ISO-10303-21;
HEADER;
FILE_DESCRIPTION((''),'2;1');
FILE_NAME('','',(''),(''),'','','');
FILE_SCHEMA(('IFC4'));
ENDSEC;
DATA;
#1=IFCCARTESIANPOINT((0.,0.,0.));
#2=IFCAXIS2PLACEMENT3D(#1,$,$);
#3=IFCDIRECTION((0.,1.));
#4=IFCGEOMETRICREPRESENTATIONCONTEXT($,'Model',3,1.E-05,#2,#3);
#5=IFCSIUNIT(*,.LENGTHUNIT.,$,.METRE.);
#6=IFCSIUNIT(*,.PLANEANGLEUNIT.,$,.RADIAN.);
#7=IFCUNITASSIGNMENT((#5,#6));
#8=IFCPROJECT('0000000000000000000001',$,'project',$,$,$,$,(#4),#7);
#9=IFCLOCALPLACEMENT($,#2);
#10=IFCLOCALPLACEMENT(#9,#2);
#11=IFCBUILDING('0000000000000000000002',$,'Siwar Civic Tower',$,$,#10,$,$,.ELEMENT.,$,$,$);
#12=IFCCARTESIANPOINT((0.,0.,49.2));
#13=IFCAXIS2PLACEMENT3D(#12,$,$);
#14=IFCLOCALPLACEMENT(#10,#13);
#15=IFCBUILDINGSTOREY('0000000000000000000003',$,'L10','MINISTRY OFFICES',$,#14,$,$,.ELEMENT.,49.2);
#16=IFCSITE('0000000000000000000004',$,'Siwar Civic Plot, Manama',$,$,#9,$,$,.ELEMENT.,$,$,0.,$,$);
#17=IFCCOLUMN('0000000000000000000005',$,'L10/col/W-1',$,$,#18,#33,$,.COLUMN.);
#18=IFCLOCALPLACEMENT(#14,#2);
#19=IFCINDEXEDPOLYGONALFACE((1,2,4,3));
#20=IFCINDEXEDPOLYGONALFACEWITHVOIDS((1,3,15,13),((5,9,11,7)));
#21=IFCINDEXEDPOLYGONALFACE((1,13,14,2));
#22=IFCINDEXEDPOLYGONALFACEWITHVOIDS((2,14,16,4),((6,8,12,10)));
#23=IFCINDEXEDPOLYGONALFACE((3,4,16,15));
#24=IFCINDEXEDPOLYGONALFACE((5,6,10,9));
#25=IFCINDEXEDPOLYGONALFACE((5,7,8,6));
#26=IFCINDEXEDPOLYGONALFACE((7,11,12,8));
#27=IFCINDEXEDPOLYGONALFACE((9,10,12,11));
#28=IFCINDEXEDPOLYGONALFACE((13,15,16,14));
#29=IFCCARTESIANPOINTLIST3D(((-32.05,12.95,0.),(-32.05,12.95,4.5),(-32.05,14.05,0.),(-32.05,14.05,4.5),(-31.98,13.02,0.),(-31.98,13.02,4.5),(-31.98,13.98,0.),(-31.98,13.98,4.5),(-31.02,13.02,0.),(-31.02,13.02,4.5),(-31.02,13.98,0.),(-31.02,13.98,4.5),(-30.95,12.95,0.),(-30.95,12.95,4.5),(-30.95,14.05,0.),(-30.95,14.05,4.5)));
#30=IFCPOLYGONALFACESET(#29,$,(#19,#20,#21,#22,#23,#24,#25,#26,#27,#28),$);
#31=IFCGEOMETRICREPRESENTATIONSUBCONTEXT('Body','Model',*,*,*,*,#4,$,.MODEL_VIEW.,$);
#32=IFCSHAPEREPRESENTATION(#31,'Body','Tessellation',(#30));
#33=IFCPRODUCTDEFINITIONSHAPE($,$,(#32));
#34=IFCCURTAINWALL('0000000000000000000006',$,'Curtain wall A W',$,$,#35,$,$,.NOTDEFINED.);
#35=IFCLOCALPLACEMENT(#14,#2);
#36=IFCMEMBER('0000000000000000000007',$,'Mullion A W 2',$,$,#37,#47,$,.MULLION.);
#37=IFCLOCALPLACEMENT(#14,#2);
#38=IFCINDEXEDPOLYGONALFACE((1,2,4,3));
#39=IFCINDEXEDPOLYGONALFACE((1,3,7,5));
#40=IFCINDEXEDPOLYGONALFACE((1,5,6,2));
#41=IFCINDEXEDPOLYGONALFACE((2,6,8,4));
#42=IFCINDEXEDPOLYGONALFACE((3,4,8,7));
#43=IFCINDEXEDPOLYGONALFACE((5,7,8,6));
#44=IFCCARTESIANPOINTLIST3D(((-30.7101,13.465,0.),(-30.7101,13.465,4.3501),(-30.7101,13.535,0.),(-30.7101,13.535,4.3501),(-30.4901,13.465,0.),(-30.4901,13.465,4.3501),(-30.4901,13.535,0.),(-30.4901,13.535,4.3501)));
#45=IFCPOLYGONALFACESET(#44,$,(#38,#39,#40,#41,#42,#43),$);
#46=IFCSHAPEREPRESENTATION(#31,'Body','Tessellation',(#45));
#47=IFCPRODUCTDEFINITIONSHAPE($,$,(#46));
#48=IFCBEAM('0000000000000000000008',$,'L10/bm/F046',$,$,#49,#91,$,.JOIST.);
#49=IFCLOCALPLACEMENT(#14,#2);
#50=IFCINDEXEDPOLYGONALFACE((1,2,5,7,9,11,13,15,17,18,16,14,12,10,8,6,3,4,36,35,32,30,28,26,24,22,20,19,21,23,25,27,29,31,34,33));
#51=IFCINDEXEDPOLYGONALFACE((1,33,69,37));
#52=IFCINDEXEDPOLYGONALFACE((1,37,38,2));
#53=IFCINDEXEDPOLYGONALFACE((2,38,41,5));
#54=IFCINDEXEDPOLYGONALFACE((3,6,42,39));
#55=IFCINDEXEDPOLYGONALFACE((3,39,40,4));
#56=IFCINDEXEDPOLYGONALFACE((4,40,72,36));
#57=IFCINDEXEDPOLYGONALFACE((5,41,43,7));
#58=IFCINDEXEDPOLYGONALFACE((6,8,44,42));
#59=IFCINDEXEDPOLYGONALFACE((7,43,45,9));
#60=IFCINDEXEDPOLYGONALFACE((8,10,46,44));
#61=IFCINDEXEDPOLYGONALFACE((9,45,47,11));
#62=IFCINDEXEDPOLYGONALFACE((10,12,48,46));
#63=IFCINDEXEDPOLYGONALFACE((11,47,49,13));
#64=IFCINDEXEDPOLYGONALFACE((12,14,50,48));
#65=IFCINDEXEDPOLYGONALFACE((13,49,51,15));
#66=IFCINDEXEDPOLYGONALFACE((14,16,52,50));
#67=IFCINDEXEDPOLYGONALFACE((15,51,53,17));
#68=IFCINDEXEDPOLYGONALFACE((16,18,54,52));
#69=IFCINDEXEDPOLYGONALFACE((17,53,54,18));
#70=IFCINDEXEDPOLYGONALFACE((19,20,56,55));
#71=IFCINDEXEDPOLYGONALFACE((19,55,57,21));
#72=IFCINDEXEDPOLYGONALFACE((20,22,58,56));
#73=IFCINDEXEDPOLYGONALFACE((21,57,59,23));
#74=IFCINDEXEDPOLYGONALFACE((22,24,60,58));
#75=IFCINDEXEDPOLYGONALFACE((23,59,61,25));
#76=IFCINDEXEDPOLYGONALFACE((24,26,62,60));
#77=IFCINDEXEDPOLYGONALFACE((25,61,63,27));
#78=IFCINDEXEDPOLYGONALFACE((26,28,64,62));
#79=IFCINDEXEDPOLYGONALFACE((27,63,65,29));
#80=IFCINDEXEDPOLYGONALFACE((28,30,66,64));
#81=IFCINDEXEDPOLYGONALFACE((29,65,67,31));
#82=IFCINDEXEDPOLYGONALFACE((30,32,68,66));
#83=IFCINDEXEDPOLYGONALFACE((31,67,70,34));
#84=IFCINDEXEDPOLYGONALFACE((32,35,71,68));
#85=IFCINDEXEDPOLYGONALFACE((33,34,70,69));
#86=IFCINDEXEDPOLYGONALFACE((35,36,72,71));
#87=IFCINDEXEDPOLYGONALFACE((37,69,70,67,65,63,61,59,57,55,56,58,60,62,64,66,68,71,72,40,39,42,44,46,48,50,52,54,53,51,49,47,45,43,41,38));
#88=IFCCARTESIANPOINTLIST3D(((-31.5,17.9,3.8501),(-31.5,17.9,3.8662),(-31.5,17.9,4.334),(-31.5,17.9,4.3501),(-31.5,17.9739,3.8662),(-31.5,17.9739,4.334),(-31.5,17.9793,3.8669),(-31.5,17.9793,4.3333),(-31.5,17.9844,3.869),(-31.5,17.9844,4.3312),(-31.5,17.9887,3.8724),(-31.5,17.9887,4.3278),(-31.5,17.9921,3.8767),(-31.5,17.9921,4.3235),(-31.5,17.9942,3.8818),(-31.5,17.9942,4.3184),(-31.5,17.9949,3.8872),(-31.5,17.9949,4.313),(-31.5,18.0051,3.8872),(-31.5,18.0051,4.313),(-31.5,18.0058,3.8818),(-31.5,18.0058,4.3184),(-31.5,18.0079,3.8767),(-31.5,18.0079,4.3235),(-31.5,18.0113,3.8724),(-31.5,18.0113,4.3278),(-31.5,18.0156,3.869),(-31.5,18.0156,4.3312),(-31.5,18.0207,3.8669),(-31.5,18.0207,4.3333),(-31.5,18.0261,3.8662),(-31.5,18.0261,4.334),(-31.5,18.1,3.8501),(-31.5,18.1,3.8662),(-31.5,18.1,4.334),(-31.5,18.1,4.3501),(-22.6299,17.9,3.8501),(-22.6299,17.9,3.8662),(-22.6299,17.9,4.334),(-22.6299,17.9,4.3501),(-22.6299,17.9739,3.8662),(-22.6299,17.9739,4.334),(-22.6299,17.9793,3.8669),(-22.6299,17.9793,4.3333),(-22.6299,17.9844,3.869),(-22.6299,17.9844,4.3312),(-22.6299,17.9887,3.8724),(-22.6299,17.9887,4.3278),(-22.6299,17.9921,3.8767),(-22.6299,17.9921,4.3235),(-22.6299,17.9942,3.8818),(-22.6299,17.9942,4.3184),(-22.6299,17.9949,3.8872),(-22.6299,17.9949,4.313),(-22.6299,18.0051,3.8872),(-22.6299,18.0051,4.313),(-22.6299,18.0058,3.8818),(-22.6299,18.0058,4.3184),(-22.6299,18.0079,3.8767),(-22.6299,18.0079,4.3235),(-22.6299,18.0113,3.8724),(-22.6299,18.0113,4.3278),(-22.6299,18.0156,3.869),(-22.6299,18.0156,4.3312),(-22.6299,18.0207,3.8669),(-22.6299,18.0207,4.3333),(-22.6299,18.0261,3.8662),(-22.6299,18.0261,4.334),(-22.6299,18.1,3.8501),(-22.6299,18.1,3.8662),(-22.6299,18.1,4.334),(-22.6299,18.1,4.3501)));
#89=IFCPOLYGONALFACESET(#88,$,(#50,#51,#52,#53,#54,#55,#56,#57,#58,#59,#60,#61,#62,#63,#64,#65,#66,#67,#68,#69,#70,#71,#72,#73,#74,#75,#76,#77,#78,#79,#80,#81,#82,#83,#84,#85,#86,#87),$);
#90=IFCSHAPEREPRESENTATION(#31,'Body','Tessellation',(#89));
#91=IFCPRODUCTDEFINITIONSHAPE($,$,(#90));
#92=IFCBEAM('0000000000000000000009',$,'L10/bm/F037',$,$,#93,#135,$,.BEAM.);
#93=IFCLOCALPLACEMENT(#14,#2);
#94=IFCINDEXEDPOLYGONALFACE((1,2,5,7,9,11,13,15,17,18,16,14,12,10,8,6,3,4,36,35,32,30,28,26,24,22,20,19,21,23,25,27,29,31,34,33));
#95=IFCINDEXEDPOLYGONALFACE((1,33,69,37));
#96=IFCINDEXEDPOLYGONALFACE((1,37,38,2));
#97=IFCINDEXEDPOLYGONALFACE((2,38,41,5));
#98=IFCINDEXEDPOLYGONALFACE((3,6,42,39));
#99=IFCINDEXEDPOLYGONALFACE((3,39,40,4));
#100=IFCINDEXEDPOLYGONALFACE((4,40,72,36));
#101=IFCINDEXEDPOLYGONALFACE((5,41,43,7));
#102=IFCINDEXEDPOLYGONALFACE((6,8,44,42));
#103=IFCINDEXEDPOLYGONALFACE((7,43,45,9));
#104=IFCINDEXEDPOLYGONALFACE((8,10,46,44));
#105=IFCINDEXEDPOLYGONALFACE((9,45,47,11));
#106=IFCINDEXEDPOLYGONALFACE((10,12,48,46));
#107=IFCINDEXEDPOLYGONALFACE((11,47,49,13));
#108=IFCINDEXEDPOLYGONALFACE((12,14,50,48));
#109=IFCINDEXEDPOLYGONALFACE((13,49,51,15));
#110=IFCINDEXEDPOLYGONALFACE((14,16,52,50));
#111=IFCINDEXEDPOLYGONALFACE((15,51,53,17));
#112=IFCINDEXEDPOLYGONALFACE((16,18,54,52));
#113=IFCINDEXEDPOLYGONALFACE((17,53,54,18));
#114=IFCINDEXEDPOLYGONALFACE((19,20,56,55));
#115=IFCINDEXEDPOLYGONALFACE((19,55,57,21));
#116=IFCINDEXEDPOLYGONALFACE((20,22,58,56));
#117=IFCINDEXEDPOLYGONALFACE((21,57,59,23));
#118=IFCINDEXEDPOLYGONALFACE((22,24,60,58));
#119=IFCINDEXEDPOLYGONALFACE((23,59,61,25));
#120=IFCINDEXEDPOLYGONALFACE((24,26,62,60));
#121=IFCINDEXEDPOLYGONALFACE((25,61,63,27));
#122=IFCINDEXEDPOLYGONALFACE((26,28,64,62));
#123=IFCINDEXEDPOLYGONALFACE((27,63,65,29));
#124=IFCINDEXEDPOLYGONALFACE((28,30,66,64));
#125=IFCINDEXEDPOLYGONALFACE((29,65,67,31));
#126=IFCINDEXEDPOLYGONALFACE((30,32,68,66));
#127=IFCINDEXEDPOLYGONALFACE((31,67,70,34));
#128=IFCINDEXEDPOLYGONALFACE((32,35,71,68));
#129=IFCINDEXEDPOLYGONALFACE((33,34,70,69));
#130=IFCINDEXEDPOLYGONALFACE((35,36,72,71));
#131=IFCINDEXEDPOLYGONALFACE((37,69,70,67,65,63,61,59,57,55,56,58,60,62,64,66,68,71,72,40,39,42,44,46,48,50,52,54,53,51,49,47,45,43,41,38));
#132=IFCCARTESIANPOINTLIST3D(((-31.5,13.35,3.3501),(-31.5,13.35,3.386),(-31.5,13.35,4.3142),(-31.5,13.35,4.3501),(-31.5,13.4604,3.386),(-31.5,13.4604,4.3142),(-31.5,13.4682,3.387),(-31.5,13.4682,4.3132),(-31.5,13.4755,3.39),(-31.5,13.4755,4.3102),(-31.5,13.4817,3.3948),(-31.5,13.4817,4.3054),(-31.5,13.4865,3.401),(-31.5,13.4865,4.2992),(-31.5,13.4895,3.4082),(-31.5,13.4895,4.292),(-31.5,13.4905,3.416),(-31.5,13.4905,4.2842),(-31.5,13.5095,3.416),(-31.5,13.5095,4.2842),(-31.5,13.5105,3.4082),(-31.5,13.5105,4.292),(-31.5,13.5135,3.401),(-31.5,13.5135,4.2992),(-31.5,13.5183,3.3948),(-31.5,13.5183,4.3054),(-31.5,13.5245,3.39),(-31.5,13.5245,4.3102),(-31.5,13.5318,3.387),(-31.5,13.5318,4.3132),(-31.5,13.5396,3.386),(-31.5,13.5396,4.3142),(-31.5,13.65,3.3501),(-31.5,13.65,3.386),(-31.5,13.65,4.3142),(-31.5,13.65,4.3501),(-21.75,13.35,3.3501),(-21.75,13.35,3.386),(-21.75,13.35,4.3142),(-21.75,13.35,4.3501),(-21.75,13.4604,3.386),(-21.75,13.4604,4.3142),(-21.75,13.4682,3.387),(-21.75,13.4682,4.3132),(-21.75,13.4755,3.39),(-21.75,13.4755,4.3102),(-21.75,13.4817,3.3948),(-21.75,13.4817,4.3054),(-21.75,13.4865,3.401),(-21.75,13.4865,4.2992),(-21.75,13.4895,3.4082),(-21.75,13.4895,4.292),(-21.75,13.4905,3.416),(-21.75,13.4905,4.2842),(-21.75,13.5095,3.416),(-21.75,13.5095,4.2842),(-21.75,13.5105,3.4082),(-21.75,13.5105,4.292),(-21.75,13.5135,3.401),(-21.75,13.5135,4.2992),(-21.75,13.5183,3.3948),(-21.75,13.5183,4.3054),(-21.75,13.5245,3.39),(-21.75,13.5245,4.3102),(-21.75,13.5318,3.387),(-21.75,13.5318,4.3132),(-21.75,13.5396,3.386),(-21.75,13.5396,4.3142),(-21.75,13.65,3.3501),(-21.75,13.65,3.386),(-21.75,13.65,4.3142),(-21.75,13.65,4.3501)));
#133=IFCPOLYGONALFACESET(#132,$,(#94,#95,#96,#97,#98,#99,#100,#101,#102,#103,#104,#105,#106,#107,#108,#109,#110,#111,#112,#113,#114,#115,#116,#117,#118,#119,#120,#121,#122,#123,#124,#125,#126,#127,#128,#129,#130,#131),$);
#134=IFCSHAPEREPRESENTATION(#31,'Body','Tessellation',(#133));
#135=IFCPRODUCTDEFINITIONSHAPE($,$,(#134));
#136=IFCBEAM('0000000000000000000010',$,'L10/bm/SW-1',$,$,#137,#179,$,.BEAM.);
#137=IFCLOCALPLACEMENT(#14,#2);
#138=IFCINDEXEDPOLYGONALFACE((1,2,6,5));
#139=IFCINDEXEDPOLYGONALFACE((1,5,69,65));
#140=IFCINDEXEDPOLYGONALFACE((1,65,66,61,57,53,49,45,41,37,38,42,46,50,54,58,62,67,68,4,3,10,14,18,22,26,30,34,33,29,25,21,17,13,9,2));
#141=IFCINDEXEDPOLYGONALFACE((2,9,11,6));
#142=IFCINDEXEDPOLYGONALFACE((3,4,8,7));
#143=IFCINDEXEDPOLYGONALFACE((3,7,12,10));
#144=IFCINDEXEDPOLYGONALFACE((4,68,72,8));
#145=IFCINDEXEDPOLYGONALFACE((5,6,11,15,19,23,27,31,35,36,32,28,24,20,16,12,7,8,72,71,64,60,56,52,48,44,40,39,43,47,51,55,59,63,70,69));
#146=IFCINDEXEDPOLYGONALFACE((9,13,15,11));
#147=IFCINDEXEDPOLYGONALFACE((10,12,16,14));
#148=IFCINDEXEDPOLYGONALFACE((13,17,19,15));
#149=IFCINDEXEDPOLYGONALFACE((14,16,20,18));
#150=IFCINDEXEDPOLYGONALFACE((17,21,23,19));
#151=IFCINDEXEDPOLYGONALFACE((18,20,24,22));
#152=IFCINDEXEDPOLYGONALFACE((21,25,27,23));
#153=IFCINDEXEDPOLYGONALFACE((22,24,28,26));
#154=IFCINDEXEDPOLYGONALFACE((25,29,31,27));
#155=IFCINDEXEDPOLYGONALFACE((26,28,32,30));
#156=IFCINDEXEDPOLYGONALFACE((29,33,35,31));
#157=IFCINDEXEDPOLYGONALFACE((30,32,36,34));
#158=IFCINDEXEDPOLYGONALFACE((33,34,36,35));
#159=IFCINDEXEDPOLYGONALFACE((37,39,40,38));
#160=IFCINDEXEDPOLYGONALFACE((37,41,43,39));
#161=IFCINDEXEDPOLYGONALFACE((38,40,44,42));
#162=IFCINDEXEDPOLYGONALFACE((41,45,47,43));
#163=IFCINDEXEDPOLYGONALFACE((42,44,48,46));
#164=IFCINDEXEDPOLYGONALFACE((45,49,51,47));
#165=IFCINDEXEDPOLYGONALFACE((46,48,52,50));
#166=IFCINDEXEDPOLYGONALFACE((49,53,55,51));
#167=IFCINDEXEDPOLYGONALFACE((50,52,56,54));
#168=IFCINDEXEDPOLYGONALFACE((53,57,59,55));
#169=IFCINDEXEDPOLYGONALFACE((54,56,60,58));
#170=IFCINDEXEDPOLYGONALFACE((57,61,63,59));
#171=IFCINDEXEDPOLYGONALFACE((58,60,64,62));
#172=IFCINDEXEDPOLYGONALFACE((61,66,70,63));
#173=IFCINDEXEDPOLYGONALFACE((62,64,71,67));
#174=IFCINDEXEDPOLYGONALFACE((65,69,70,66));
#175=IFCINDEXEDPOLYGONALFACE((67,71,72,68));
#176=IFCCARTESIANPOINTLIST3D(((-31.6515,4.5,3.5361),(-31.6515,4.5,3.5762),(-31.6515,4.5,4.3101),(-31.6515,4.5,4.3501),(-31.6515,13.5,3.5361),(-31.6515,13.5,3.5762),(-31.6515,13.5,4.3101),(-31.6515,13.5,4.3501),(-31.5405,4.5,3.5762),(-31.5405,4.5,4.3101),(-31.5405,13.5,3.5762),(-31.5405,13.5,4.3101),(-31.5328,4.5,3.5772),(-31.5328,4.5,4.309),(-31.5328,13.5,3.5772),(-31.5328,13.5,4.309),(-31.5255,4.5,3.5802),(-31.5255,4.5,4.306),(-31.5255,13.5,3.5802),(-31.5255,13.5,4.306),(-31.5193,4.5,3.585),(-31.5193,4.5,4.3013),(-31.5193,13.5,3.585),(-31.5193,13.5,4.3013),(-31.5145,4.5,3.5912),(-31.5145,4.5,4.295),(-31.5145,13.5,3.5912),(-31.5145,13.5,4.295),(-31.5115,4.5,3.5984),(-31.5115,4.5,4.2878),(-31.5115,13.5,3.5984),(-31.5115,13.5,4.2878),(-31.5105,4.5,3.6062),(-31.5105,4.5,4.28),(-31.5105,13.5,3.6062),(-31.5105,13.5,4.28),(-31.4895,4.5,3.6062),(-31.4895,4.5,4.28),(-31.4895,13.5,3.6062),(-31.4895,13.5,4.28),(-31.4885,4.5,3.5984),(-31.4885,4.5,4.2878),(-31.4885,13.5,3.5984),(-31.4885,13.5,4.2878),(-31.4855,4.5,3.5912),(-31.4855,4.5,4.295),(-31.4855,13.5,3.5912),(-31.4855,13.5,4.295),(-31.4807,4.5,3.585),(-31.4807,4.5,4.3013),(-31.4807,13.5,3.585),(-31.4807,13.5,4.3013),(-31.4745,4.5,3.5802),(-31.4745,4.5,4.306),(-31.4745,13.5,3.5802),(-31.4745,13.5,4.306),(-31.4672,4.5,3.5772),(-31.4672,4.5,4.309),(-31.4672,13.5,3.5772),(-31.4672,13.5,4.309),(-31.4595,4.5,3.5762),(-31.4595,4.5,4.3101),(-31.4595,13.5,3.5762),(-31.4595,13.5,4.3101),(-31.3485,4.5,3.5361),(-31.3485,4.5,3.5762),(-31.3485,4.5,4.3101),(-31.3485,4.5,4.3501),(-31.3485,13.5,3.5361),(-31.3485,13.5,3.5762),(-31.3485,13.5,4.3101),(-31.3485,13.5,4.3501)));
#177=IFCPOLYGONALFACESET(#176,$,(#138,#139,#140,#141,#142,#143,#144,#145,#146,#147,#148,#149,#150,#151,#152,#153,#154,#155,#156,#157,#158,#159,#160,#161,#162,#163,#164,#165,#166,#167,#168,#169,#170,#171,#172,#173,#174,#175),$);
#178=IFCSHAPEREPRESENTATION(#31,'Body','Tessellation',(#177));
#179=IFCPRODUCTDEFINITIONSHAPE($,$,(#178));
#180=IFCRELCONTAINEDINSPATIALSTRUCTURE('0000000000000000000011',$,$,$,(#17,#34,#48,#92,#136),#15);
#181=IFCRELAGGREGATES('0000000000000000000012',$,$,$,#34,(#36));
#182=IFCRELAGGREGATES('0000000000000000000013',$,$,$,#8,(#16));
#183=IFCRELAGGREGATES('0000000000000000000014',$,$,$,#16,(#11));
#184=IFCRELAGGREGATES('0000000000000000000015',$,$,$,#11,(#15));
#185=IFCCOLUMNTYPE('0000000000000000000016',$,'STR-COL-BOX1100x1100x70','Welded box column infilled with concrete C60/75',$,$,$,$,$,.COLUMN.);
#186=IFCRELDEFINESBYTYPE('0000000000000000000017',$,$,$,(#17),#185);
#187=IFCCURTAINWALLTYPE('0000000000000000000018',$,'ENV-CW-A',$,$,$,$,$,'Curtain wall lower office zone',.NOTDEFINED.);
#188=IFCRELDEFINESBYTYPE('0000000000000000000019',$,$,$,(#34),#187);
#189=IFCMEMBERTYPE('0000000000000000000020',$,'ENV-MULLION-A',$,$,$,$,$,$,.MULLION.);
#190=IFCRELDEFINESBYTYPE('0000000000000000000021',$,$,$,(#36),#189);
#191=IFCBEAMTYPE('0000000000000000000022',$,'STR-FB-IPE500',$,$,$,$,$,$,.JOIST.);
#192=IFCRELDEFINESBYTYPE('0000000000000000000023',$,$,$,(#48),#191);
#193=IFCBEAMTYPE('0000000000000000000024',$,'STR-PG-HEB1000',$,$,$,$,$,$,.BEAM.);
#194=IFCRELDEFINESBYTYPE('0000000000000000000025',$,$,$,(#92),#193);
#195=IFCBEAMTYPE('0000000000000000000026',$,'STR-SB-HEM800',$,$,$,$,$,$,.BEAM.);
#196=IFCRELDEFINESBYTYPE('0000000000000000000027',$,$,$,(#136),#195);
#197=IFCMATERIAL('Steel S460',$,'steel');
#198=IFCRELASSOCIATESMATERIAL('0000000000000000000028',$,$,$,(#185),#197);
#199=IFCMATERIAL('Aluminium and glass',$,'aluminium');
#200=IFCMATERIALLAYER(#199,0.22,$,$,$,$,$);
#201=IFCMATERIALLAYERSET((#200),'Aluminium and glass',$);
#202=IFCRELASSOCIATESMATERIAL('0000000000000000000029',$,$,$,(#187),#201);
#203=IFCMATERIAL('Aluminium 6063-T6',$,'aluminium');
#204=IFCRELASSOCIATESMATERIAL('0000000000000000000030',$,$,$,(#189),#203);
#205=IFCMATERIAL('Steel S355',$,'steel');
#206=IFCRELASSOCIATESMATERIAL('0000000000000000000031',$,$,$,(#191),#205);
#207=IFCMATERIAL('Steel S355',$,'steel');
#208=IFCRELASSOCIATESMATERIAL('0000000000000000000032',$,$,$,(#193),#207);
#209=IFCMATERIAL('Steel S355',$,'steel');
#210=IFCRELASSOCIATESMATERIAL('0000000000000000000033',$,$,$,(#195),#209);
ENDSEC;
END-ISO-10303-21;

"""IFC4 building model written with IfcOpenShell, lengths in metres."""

from ifc_helpers import new_model, si_unit, direction, frame, origin, origin_2d, place, context, subcontext, project, spatial, rectangle, hollow_rectangle, i_section, extrude, material, layer, layer_set, material_profile, profile_set, type_object, element, aggregate, save


model = new_model("IFC4")

# Units and contexts
model_context = context("Model", 3, precision=1e-05, world=origin(), true_north=direction((0.0, 1.0)))
body_context = subcontext(model_context, "Body", "Model", "MODEL_VIEW")
ifc_project = project(units=[si_unit("LENGTHUNIT", "METRE"), si_unit("PLANEANGLEUNIT", "RADIAN")], contexts=[model_context])

# Site, building, storey
site_placement = place(None, origin())
site = spatial("IfcSite", under=ifc_project, at=site_placement, Name="Siwar Civic Plot, Manama", CompositionType="ELEMENT", RefElevation=0.0)
building_placement = place(site_placement, origin())
building = spatial("IfcBuilding", under=site, at=building_placement, Name="Siwar Civic Tower", CompositionType="ELEMENT")
storey_placement = place(building_placement, frame((0.0, 0.0, 49.2)))
storey = spatial("IfcBuildingStorey", under=building, at=storey_placement, Name="L10", Description="MINISTRY OFFICES", CompositionType="ELEMENT", Elevation=49.2)

# Column
ifc_material_1 = material(Name="Steel S460", Category="steel")
ifc_material_profile_1 = material_profile(ifc_material_1, hollow_rectangle(XDim=1.1001, YDim=1.1001, WallThickness=0.0701, at=origin_2d()), Name="BOX1100x1100x70")
ifc_profile_set_1 = profile_set([ifc_material_profile_1], Name="Steel S460")
column_type = type_object("IfcColumnType", Name="STR-COL-BOX1100x1100x70", Description="Welded box column infilled with concrete C60/75", PredefinedType="COLUMN", material=ifc_profile_set_1)
column_placement = place(storey_placement, frame((-31.5, 13.5, 0.0), z_axis=(0.0, 0.0, 1.0), x_axis=(1.0, 0.0, 0.0)))
element("IfcColumn", 1, at=column_placement, inside=storey, type_object=column_type, Name="L10/col/W-1", PredefinedType="COLUMN", context=body_context, shape_type="SweptSolid", body=[
    extrude(hollow_rectangle(XDim=1.1001, YDim=1.1001, WallThickness=0.0701, at=origin_2d()), origin(), (0.0, 0.0, 1.0), 4.5),
])

# Curtain wall, member
ifc_material_2 = material(Name="Aluminium and glass", Category="aluminium")
ifc_layer_1 = layer(ifc_material_2, 0.22)
ifc_layer_set_1 = layer_set([ifc_layer_1], Name="Aluminium and glass")
curtain_wall_type = type_object("IfcCurtainWallType", Name="ENV-CW-A", ElementType="Curtain wall lower office zone", PredefinedType="NOTDEFINED", material=ifc_layer_set_1)
curtain_wall_placement = place(storey_placement, origin())
curtain_wall = element("IfcCurtainWall", 2, at=curtain_wall_placement, inside=storey, type_object=curtain_wall_type, Name="Curtain wall A W", PredefinedType="NOTDEFINED")
ifc_material_3 = material(Name="Aluminium 6063-T6", Category="aluminium")
ifc_material_profile_2 = material_profile(ifc_material_3, rectangle(XDim=0.22, YDim=0.0701, at=origin_2d()), Name="AL 220x70")
ifc_profile_set_2 = profile_set([ifc_material_profile_2], Name="Aluminium 6063-T6")
member_type = type_object("IfcMemberType", Name="ENV-MULLION-A", PredefinedType="MULLION", material=ifc_profile_set_2)
member_placement = place(storey_placement, frame((-30.6001, 13.5, 0.0), z_axis=(0.0, 0.0, 1.0), x_axis=(1.0, 0.0, 0.0)))
member = element("IfcMember", 3, at=member_placement, type_object=member_type, Name="Mullion A W 2", PredefinedType="MULLION", context=body_context, shape_type="SweptSolid", body=[
    extrude(rectangle(XDim=0.22, YDim=0.0701, at=origin_2d()), origin(), (0.0, 0.0, 1.0), 4.3501),
])

# Beams
ifc_material_4 = material(Name="Steel S355", Category="steel")
ifc_material_profile_3 = material_profile(ifc_material_4, i_section(OverallWidth=0.2, OverallDepth=0.5, WebThickness=0.0103, FlangeThickness=0.0161, FilletRadius=0.021, at=origin_2d()), Name="IPE500")
ifc_profile_set_3 = profile_set([ifc_material_profile_3], Name="Steel S355")
beam_type_1 = type_object("IfcBeamType", Name="STR-FB-IPE500", PredefinedType="JOIST", material=ifc_profile_set_3)
beam_1_placement = place(storey_placement, frame((-31.5, 18.0, 4.1001), z_axis=(1.0, 0.0, 0.0), x_axis=(0.0, 1.0, 0.0)))
element("IfcBeam", 4, at=beam_1_placement, inside=storey, type_object=beam_type_1, Name="L10/bm/F046", PredefinedType="JOIST", context=body_context, shape_type="SweptSolid", body=[
    extrude(i_section(OverallWidth=0.2, OverallDepth=0.5, WebThickness=0.0103, FlangeThickness=0.0161, FilletRadius=0.021, at=origin_2d()), origin(), (0.0, 0.0, 1.0), 8.8701),
])
ifc_material_5 = material(Name="Steel S355", Category="steel")
ifc_material_profile_4 = material_profile(ifc_material_5, i_section(OverallWidth=0.3, OverallDepth=1.0, WebThickness=0.019, FlangeThickness=0.0359, FilletRadius=0.03, at=origin_2d()), Name="HEB1000")
ifc_profile_set_4 = profile_set([ifc_material_profile_4], Name="Steel S355")
beam_type_2 = type_object("IfcBeamType", Name="STR-PG-HEB1000", PredefinedType="BEAM", material=ifc_profile_set_4)
beam_2_placement = place(storey_placement, frame((-31.5, 13.5, 3.8501), z_axis=(1.0, 0.0, 0.0), x_axis=(0.0, 1.0, 0.0)))
element("IfcBeam", 5, at=beam_2_placement, inside=storey, type_object=beam_type_2, Name="L10/bm/F037", PredefinedType="BEAM", context=body_context, shape_type="SweptSolid", body=[
    extrude(i_section(OverallWidth=0.3, OverallDepth=1.0, WebThickness=0.019, FlangeThickness=0.0359, FilletRadius=0.03, at=origin_2d()), origin(), (0.0, 0.0, 1.0), 9.75),
])
ifc_material_6 = material(Name="Steel S355", Category="steel")
ifc_material_profile_5 = material_profile(ifc_material_6, i_section(OverallWidth=0.303, OverallDepth=0.814, WebThickness=0.021, FlangeThickness=0.04, FilletRadius=0.03, at=origin_2d()), Name="HEM800")
ifc_profile_set_5 = profile_set([ifc_material_profile_5], Name="Steel S355")
beam_type_3 = type_object("IfcBeamType", Name="STR-SB-HEM800", PredefinedType="BEAM", material=ifc_profile_set_5)
beam_3_placement = place(storey_placement, frame((-31.5, 13.5, 3.9431), z_axis=(0.0, -1.0, 0.0), x_axis=(1.0, 0.0, 0.0)))
element("IfcBeam", 6, at=beam_3_placement, inside=storey, type_object=beam_type_3, Name="L10/bm/SW-1", PredefinedType="BEAM", context=body_context, shape_type="SweptSolid", body=[
    extrude(i_section(OverallWidth=0.303, OverallDepth=0.814, WebThickness=0.021, FlangeThickness=0.04, FilletRadius=0.03, at=origin_2d()), origin(), (0.0, 0.0, 1.0), 9.0),
])

aggregate(curtain_wall, [member])

save(model, "model.ifc")
